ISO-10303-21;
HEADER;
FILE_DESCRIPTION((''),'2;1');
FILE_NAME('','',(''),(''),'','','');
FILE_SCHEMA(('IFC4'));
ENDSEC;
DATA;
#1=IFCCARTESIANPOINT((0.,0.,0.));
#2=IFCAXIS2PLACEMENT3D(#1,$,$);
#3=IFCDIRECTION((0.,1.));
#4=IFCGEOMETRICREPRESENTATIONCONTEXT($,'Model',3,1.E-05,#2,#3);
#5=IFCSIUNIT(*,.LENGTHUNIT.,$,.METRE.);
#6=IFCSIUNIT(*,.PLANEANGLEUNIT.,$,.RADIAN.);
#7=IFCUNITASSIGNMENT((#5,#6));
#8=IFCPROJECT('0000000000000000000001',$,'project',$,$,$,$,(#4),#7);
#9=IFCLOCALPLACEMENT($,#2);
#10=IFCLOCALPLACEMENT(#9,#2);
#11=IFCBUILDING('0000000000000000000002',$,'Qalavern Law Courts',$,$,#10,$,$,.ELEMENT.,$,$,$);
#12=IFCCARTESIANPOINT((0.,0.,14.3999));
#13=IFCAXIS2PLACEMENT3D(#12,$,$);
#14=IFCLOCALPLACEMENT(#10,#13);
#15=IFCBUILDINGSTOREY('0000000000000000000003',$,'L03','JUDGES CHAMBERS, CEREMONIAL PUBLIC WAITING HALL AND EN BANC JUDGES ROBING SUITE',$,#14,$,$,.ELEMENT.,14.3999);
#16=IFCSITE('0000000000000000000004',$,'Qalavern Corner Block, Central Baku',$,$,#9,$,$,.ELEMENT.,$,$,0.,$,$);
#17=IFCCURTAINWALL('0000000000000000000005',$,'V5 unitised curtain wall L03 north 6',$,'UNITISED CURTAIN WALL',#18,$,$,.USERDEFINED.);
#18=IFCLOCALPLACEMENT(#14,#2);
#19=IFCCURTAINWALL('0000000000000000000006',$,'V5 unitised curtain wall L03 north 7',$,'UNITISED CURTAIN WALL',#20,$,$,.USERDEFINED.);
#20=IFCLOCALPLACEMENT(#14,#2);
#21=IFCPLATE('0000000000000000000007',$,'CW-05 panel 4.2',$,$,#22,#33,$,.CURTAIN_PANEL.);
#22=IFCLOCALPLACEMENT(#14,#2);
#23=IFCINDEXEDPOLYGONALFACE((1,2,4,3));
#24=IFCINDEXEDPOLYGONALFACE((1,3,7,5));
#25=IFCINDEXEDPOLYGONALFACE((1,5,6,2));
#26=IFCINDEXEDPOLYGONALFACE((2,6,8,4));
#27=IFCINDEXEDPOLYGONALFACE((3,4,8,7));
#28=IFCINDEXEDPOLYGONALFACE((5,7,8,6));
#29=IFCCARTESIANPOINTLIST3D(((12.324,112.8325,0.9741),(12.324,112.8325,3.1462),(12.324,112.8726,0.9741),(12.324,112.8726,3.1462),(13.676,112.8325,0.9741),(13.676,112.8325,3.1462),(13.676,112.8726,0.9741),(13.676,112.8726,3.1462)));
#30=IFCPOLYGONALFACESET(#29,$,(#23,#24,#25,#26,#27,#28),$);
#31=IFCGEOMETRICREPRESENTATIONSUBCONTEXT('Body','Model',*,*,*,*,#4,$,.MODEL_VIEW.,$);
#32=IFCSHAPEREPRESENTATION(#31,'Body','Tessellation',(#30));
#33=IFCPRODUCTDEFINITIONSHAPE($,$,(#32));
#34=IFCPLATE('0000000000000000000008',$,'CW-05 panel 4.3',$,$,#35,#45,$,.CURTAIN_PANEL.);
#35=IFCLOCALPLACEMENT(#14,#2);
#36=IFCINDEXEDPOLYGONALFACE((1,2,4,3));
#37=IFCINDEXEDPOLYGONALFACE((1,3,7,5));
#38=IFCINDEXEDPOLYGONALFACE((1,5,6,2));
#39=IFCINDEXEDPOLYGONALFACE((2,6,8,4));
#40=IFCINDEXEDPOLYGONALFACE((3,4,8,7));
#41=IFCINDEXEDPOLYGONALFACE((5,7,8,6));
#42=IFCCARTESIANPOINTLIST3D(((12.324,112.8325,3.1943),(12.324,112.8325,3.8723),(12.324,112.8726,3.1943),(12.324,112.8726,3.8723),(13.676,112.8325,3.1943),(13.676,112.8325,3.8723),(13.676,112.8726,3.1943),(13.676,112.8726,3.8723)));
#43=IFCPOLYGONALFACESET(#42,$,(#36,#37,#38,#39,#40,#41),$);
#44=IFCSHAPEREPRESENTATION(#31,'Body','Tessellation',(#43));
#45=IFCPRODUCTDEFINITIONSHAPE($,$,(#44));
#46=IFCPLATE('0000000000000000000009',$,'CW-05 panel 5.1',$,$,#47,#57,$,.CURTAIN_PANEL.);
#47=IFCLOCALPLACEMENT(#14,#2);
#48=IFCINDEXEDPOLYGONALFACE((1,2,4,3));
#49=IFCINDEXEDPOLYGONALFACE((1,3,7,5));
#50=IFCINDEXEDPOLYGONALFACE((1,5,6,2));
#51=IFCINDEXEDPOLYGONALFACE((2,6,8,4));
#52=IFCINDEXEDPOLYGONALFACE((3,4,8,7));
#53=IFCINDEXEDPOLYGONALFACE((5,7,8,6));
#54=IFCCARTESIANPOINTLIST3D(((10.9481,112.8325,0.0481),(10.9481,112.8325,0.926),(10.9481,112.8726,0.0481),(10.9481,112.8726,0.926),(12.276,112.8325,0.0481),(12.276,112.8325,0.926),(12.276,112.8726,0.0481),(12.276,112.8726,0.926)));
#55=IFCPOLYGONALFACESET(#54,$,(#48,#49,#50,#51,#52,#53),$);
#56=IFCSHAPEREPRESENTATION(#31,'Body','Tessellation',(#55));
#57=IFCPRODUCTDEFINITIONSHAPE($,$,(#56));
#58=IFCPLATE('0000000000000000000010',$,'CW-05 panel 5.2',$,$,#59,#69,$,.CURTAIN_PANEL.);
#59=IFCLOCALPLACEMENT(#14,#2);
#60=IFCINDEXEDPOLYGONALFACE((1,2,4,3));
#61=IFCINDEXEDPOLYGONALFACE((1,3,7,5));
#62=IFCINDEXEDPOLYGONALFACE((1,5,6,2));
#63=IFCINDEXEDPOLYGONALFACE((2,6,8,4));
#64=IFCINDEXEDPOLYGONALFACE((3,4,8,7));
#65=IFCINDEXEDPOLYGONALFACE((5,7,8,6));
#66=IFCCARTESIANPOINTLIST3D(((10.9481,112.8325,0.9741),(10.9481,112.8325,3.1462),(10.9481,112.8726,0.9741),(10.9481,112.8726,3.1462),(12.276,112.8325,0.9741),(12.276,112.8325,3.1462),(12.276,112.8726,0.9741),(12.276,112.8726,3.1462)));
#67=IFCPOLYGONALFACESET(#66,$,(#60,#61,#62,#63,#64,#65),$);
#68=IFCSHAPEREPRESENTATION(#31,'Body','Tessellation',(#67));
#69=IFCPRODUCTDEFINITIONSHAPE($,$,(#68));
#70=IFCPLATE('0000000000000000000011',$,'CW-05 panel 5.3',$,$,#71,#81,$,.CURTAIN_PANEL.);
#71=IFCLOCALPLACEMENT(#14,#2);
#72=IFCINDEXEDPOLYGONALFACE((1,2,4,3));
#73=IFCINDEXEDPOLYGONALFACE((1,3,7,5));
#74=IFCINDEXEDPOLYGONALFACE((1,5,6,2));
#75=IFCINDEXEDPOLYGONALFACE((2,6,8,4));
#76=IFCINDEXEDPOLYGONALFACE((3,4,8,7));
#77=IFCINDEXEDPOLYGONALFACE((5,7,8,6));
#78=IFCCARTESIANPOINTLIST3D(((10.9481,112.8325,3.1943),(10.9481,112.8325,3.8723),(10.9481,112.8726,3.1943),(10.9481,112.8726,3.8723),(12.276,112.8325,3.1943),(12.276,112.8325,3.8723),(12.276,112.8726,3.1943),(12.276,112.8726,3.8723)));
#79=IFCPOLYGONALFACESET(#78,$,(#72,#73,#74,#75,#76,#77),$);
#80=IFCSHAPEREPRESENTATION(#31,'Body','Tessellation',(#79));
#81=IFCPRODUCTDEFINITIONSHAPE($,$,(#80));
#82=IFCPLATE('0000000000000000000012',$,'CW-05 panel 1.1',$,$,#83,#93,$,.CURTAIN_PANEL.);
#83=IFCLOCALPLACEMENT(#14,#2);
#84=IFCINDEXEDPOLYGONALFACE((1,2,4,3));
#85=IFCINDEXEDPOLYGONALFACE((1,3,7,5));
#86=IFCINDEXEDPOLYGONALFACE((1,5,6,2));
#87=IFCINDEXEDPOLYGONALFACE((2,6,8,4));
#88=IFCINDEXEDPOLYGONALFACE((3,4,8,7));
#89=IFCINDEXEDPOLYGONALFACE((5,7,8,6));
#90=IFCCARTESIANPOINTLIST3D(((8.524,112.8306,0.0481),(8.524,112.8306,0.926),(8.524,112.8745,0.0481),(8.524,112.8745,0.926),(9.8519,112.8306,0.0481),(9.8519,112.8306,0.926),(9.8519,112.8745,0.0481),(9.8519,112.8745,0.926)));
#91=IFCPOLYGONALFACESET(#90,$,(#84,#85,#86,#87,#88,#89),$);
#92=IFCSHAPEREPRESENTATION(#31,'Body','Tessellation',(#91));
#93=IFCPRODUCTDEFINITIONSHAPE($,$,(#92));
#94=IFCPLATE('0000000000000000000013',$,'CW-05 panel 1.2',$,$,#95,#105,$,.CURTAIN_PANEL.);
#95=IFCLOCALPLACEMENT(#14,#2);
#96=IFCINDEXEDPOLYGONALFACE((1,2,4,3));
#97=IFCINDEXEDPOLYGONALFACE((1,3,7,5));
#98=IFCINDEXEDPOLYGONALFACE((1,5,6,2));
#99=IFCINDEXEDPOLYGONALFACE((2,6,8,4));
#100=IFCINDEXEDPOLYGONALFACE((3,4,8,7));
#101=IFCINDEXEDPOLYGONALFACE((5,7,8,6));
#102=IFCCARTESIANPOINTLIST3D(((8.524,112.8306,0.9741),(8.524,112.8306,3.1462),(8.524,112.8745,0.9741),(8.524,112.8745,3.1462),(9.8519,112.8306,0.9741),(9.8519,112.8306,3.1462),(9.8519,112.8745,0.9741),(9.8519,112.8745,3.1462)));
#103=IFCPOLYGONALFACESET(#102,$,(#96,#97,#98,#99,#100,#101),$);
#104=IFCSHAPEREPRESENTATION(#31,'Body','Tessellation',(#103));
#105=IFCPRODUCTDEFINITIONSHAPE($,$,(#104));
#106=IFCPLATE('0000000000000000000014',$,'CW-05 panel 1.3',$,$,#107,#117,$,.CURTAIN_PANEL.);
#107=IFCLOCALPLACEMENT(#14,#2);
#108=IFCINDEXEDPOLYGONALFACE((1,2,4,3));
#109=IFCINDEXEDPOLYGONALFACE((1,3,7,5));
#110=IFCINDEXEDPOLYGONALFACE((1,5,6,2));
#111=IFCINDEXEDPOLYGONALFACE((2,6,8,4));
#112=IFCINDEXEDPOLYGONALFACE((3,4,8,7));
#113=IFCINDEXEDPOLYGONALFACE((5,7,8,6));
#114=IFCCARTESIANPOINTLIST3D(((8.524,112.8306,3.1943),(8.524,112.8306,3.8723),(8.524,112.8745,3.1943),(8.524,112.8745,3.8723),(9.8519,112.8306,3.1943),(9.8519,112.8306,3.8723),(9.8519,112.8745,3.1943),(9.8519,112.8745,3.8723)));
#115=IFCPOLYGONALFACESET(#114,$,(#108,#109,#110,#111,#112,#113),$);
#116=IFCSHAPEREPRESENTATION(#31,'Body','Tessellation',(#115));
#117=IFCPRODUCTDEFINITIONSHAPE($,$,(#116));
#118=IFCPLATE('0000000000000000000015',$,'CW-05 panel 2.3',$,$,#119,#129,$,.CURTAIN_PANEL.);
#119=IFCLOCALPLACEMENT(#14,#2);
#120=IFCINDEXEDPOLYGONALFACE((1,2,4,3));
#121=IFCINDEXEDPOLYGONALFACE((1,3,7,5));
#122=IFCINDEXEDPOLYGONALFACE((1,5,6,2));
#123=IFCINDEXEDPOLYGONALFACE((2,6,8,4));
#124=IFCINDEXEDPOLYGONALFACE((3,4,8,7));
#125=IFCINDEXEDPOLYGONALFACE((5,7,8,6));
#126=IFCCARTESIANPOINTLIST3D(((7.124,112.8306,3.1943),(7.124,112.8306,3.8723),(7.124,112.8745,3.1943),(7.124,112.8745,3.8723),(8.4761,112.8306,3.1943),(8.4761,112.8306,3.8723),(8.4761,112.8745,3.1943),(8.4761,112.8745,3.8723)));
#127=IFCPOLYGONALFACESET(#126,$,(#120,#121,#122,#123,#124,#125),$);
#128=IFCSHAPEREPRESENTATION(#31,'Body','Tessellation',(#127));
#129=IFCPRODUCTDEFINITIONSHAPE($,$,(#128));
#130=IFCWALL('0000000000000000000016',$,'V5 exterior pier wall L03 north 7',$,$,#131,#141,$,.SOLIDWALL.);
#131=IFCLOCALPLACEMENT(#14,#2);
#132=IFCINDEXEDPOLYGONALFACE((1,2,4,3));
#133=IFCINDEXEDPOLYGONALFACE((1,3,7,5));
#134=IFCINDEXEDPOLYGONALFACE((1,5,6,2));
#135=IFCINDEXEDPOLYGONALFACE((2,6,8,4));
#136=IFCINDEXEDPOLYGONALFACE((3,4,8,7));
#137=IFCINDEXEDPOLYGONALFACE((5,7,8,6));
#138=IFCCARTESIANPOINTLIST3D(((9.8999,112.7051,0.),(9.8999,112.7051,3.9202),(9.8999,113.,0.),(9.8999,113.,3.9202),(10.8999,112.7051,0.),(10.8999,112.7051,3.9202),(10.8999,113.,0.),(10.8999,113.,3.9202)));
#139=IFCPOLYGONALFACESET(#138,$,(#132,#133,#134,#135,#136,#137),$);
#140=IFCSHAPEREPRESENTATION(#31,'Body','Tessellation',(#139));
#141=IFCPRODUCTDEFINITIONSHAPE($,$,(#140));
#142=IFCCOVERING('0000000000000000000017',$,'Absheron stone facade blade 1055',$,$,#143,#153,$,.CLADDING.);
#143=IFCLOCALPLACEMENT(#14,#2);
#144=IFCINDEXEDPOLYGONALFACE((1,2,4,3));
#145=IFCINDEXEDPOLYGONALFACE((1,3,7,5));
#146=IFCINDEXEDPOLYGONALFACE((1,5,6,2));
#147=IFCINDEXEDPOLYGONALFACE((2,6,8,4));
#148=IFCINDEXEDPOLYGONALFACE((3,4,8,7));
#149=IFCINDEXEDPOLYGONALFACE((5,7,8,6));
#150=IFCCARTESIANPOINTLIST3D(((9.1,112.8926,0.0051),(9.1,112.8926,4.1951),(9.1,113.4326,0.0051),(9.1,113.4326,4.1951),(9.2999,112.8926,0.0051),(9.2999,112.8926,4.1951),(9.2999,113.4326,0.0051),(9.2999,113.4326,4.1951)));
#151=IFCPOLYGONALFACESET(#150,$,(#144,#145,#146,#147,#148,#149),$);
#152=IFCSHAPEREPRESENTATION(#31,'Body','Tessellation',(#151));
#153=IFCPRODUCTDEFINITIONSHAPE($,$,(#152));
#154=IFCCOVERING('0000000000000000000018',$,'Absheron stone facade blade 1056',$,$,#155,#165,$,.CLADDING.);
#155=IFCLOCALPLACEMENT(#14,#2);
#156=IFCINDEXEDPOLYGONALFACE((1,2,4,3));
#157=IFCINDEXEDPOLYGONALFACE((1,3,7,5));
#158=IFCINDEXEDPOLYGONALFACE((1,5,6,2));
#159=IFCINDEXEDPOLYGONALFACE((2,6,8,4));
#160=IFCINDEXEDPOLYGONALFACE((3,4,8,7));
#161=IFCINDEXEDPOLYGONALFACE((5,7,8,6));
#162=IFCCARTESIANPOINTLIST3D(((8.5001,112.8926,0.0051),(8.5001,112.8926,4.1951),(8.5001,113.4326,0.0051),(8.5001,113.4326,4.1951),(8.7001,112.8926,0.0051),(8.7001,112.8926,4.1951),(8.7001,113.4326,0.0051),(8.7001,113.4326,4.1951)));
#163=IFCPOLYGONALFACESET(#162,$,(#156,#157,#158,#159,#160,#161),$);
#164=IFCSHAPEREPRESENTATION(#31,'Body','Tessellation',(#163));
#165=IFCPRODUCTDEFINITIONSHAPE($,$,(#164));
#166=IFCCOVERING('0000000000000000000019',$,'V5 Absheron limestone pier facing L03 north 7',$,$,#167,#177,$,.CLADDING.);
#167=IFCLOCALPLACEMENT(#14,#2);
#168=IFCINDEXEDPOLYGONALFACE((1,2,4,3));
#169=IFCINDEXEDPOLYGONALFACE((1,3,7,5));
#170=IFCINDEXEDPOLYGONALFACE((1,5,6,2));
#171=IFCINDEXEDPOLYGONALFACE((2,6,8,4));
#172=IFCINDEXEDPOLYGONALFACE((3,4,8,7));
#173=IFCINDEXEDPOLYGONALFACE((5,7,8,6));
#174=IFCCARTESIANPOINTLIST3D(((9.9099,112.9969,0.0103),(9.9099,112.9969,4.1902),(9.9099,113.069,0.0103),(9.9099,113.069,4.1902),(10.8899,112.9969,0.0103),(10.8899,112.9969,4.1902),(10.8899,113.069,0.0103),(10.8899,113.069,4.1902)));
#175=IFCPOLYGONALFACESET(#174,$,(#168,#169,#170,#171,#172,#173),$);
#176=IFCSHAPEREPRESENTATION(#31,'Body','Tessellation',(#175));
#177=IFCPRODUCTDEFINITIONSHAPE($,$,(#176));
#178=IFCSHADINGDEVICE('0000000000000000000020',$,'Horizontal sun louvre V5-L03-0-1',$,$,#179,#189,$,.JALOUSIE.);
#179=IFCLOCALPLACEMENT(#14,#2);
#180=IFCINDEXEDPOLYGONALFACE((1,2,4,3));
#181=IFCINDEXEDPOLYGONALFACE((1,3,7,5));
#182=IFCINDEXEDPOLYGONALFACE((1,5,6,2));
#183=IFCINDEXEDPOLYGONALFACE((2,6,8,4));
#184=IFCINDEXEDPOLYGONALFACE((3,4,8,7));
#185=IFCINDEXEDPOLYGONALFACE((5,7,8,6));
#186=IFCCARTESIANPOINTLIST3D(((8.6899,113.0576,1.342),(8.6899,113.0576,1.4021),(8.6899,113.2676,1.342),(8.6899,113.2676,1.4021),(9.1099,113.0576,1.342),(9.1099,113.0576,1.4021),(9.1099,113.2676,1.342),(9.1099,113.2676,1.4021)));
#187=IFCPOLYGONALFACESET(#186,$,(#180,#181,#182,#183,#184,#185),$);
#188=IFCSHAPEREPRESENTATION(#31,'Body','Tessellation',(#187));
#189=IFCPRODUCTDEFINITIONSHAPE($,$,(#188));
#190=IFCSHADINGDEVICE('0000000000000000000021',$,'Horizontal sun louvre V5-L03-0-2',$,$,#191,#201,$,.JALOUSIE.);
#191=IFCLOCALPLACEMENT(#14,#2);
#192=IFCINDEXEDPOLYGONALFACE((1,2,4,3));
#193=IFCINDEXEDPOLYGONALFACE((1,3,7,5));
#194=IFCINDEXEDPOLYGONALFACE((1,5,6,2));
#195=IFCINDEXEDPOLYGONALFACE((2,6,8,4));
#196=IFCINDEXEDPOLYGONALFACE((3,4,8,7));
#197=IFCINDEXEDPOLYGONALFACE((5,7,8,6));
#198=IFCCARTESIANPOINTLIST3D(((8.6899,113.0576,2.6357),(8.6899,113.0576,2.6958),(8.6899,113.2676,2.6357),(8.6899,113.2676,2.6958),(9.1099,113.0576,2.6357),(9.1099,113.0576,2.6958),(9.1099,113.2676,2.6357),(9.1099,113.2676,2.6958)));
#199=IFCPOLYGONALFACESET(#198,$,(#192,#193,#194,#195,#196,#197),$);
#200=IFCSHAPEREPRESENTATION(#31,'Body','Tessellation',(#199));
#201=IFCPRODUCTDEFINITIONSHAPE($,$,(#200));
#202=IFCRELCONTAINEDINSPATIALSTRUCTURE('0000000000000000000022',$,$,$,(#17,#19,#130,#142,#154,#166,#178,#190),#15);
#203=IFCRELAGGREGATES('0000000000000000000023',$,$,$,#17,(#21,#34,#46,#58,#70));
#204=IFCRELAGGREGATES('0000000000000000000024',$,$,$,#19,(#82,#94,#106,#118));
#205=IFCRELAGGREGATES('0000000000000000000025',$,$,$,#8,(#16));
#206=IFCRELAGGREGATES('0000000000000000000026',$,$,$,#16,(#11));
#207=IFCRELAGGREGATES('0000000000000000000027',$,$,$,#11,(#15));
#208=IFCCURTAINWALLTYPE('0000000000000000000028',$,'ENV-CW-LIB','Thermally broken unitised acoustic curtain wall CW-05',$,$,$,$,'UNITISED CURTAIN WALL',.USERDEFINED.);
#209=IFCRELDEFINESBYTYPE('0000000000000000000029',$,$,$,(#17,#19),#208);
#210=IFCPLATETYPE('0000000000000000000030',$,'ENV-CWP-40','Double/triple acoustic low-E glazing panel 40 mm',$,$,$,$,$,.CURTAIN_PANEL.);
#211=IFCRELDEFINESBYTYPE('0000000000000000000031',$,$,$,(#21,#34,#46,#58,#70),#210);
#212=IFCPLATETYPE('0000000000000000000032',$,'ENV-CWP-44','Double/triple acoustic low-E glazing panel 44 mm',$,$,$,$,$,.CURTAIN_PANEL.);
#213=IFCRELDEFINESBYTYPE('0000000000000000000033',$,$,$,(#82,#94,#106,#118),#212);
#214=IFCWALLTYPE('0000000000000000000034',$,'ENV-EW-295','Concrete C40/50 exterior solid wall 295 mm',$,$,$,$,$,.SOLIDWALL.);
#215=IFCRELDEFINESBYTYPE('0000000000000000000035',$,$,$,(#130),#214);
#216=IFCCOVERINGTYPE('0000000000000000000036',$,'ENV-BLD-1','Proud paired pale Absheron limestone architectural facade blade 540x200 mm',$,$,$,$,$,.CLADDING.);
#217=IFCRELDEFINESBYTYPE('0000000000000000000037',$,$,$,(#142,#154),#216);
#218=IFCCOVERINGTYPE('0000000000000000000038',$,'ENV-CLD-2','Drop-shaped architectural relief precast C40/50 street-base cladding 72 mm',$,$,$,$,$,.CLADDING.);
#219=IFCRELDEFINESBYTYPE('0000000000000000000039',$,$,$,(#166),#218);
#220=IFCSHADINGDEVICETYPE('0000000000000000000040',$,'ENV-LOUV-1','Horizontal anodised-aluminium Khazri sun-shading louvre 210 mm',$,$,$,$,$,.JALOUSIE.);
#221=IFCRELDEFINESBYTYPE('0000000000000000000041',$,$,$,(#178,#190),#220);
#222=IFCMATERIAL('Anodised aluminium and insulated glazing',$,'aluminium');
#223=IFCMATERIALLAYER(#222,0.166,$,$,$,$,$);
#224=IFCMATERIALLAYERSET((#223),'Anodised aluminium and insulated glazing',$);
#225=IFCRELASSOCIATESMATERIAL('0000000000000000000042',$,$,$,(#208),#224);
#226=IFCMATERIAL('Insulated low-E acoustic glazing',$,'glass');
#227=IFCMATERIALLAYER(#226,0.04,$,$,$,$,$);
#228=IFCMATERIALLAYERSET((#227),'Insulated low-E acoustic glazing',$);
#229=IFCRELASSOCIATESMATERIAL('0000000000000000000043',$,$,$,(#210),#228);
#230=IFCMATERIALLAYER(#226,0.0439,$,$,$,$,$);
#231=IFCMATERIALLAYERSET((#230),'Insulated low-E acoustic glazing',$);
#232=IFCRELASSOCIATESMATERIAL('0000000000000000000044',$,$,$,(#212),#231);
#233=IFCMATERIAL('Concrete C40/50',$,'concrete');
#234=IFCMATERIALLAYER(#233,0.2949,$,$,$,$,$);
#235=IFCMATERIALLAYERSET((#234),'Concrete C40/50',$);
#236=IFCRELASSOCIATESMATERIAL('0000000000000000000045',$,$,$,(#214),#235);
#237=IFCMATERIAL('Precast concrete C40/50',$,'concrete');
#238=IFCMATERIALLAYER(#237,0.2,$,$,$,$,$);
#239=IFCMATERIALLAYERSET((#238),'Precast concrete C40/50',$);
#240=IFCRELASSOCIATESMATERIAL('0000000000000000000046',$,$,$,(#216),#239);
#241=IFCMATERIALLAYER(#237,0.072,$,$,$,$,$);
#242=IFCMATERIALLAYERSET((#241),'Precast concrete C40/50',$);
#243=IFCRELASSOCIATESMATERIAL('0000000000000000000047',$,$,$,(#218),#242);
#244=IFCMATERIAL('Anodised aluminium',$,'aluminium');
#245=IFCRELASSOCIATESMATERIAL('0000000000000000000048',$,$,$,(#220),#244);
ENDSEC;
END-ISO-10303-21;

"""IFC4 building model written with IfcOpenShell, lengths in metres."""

from ifc_helpers import new_model, si_unit, direction, frame, frame_2d, origin, origin_2d, place, context, subcontext, project, spatial, rectangle, extrude, material, layer, layer_set, type_object, element, aggregate, save


model = new_model("IFC4")

# Units and contexts
model_context = context("Model", 3, precision=1e-05, world=origin(), true_north=direction((0.0, 1.0)))
body_context = subcontext(model_context, "Body", "Model", "MODEL_VIEW")
ifc_project = project(units=[si_unit("LENGTHUNIT", "METRE"), si_unit("PLANEANGLEUNIT", "RADIAN")], contexts=[model_context])

# Site, building, storey
site_placement = place(None, origin())
site = spatial("IfcSite", under=ifc_project, at=site_placement, Name="Qalavern Corner Block, Central Baku", CompositionType="ELEMENT", RefElevation=0.0)
building_placement = place(site_placement, origin())
building = spatial("IfcBuilding", under=site, at=building_placement, Name="Qalavern Law Courts", CompositionType="ELEMENT")
storey_placement = place(building_placement, frame((0.0, 0.0, 14.3999)))
storey = spatial("IfcBuildingStorey", under=building, at=storey_placement, Name="L03", Description="JUDGES CHAMBERS, CEREMONIAL PUBLIC WAITING HALL AND EN BANC JUDGES ROBING SUITE", CompositionType="ELEMENT", Elevation=14.3999)

# Curtain walls
ifc_material_1 = material(Name="Anodised aluminium and insulated glazing", Category="aluminium")
ifc_layer_1 = layer(ifc_material_1, 0.166)
ifc_layer_set_1 = layer_set([ifc_layer_1], Name="Anodised aluminium and insulated glazing")
curtain_wall_type = type_object("IfcCurtainWallType", Name="ENV-CW-LIB", Description="Thermally broken unitised acoustic curtain wall CW-05", ElementType="UNITISED CURTAIN WALL", PredefinedType="USERDEFINED", material=ifc_layer_set_1)
curtain_wall_1_placement = place(storey_placement, origin())
curtain_wall_1 = element("IfcCurtainWall", 1, at=curtain_wall_1_placement, inside=storey, type_object=curtain_wall_type, Name="V5 unitised curtain wall L03 north 6", ObjectType="UNITISED CURTAIN WALL", PredefinedType="USERDEFINED")
ifc_material_2 = material(Name="Anodised aluminium", Category="aluminium")
curtain_wall_2_placement = place(storey_placement, origin())
curtain_wall_2 = element("IfcCurtainWall", 2, at=curtain_wall_2_placement, inside=storey, type_object=curtain_wall_type, Name="V5 unitised curtain wall L03 north 7", ObjectType="UNITISED CURTAIN WALL", PredefinedType="USERDEFINED")

# Shared definitions
ifc_material_3 = material(Name="Concrete C40/50", Category="concrete")

# Plates
ifc_material_4 = material(Name="Insulated low-E acoustic glazing", Category="glass")
ifc_layer_2 = layer(ifc_material_4, 0.04)
ifc_layer_set_2 = layer_set([ifc_layer_2], Name="Insulated low-E acoustic glazing")
plate_type_1 = type_object("IfcPlateType", Name="ENV-CWP-40", Description="Double/triple acoustic low-E glazing panel 40 mm", PredefinedType="CURTAIN_PANEL", material=ifc_layer_set_2)
plate_1_placement = place(storey_placement, frame((13.0, 112.8525, 0.9741), z_axis=(0.0, 0.0, 1.0), x_axis=(-1.0, 0.0, 0.0)))
plate_1 = element("IfcPlate", 3, at=plate_1_placement, type_object=plate_type_1, Name="CW-05 panel 4.2", PredefinedType="CURTAIN_PANEL", context=body_context, shape_type="SweptSolid", body=[
    extrude(rectangle(XDim=1.3521, YDim=0.04, at=origin_2d()), origin(), (0.0, 0.0, 1.0), 2.1721),
])
plate_2_placement = place(storey_placement, frame((13.0, 112.8525, 3.1943), z_axis=(0.0, 0.0, 1.0), x_axis=(-1.0, 0.0, 0.0)))
plate_2 = element("IfcPlate", 4, at=plate_2_placement, type_object=plate_type_1, Name="CW-05 panel 4.3", PredefinedType="CURTAIN_PANEL", context=body_context, shape_type="SweptSolid", body=[
    extrude(rectangle(XDim=1.3521, YDim=0.04, at=origin_2d()), origin(), (0.0, 0.0, 1.0), 0.678),
])
plate_3_placement = place(storey_placement, frame((11.6121, 112.8525, 0.0481), z_axis=(0.0, 0.0, 1.0), x_axis=(-1.0, 0.0, 0.0)))
plate_3 = element("IfcPlate", 5, at=plate_3_placement, type_object=plate_type_1, Name="CW-05 panel 5.1", PredefinedType="CURTAIN_PANEL", context=body_context, shape_type="SweptSolid", body=[
    extrude(rectangle(XDim=1.3279, YDim=0.04, at=origin_2d()), origin(), (0.0, 0.0, 1.0), 0.8779),
])
plate_4_placement = place(storey_placement, frame((11.6121, 112.8525, 0.9741), z_axis=(0.0, 0.0, 1.0), x_axis=(-1.0, 0.0, 0.0)))
plate_4 = element("IfcPlate", 6, at=plate_4_placement, type_object=plate_type_1, Name="CW-05 panel 5.2", PredefinedType="CURTAIN_PANEL", context=body_context, shape_type="SweptSolid", body=[
    extrude(rectangle(XDim=1.3279, YDim=0.04, at=origin_2d()), origin(), (0.0, 0.0, 1.0), 2.1721),
])
plate_5_placement = place(storey_placement, frame((11.6121, 112.8525, 3.1943), z_axis=(0.0, 0.0, 1.0), x_axis=(-1.0, 0.0, 0.0)))
plate_5 = element("IfcPlate", 7, at=plate_5_placement, type_object=plate_type_1, Name="CW-05 panel 5.3", PredefinedType="CURTAIN_PANEL", context=body_context, shape_type="SweptSolid", body=[
    extrude(rectangle(XDim=1.3279, YDim=0.04, at=origin_2d()), origin(), (0.0, 0.0, 1.0), 0.678),
])
aggregate(curtain_wall_1, [plate_1, plate_2, plate_3, plate_4, plate_5])
ifc_layer_3 = layer(ifc_material_4, 0.0439)
ifc_layer_set_3 = layer_set([ifc_layer_3], Name="Insulated low-E acoustic glazing")
plate_type_2 = type_object("IfcPlateType", Name="ENV-CWP-44", Description="Double/triple acoustic low-E glazing panel 44 mm", PredefinedType="CURTAIN_PANEL", material=ifc_layer_set_3)
plate_6_placement = place(storey_placement, frame((9.188, 112.8525, 0.0481), z_axis=(0.0, 0.0, 1.0), x_axis=(-1.0, 0.0, 0.0)))
plate_6 = element("IfcPlate", 8, at=plate_6_placement, type_object=plate_type_2, Name="CW-05 panel 1.1", PredefinedType="CURTAIN_PANEL", context=body_context, shape_type="SweptSolid", body=[
    extrude(rectangle(XDim=1.3279, YDim=0.0439, at=origin_2d()), origin(), (0.0, 0.0, 1.0), 0.8779),
])
plate_7_placement = place(storey_placement, frame((9.188, 112.8525, 0.9741), z_axis=(0.0, 0.0, 1.0), x_axis=(-1.0, 0.0, 0.0)))
plate_7 = element("IfcPlate", 9, at=plate_7_placement, type_object=plate_type_2, Name="CW-05 panel 1.2", PredefinedType="CURTAIN_PANEL", context=body_context, shape_type="SweptSolid", body=[
    extrude(rectangle(XDim=1.3279, YDim=0.0439, at=origin_2d()), origin(), (0.0, 0.0, 1.0), 2.1721),
])
plate_8_placement = place(storey_placement, frame((9.188, 112.8525, 3.1943), z_axis=(0.0, 0.0, 1.0), x_axis=(-1.0, 0.0, 0.0)))
plate_8 = element("IfcPlate", 10, at=plate_8_placement, type_object=plate_type_2, Name="CW-05 panel 1.3", PredefinedType="CURTAIN_PANEL", context=body_context, shape_type="SweptSolid", body=[
    extrude(rectangle(XDim=1.3279, YDim=0.0439, at=origin_2d()), origin(), (0.0, 0.0, 1.0), 0.678),
])
plate_9_placement = place(storey_placement, frame((7.8, 112.8525, 3.1943), z_axis=(0.0, 0.0, 1.0), x_axis=(-1.0, 0.0, 0.0)))
plate_9 = element("IfcPlate", 11, at=plate_9_placement, type_object=plate_type_2, Name="CW-05 panel 2.3", PredefinedType="CURTAIN_PANEL", context=body_context, shape_type="SweptSolid", body=[
    extrude(rectangle(XDim=1.3521, YDim=0.0439, at=origin_2d()), origin(), (0.0, 0.0, 1.0), 0.678),
])
aggregate(curtain_wall_2, [plate_6, plate_7, plate_8, plate_9])

# Wall
ifc_layer_4 = layer(ifc_material_3, 0.2949)
ifc_layer_set_4 = layer_set([ifc_layer_4], Name="Concrete C40/50")
wall_type = type_object("IfcWallType", Name="ENV-EW-295", Description="Concrete C40/50 exterior solid wall 295 mm", PredefinedType="SOLIDWALL", material=ifc_layer_set_4)
wall_placement = place(storey_placement, frame((10.8999, 112.8525, 0.0), z_axis=(0.0, 0.0, 1.0), x_axis=(-1.0, 0.0, 0.0)))
element("IfcWall", 12, at=wall_placement, inside=storey, type_object=wall_type, Name="V5 exterior pier wall L03 north 7", PredefinedType="SOLIDWALL", context=body_context, shape_type="SweptSolid", body=[
    extrude(rectangle(XDim=1.0, YDim=0.2949, at=frame_2d((0.5, 0.0))), origin(), (0.0, 0.0, 1.0), 3.9202),
])

# Coverings
ifc_material_5 = material(Name="Precast concrete C40/50", Category="concrete")
ifc_layer_5 = layer(ifc_material_5, 0.2)
ifc_layer_set_5 = layer_set([ifc_layer_5], Name="Precast concrete C40/50")
covering_type_1 = type_object("IfcCoveringType", Name="ENV-BLD-1", Description="Proud paired pale Absheron limestone architectural facade blade 540x200 mm", PredefinedType="CLADDING", material=ifc_layer_set_5)
for number, where, z_axis, x_axis, name in (
    (13, (9.2, 113.1626, 0.0051), (0.0, 0.0, 1.0), (0.0, 1.0, 0.0), "Absheron stone facade blade 1055"),
    (14, (8.6001, 113.1626, 0.0051), (0.0, 0.0, 1.0), (0.0, 1.0, 0.0), "Absheron stone facade blade 1056"),
):
    element("IfcCovering", number, at=place(storey_placement, frame(where, z_axis=z_axis, x_axis=x_axis)), inside=storey, type_object=covering_type_1, Name=name, PredefinedType="CLADDING", context=body_context, shape_type="SweptSolid", body=[
        extrude(rectangle(XDim=0.54, YDim=0.2, at=origin_2d()), origin(), (0.0, 0.0, 1.0), 4.1899),
    ])
ifc_layer_6 = layer(ifc_material_5, 0.072)
ifc_layer_set_6 = layer_set([ifc_layer_6], Name="Precast concrete C40/50")
covering_type_2 = type_object("IfcCoveringType", Name="ENV-CLD-2", Description="Drop-shaped architectural relief precast C40/50 street-base cladding 72 mm", PredefinedType="CLADDING", material=ifc_layer_set_6)
covering_placement = place(storey_placement, frame((10.3999, 113.033, 0.0103), z_axis=(0.0, 0.0, 1.0), x_axis=(-1.0, 0.0, 0.0)))
element("IfcCovering", 15, at=covering_placement, inside=storey, type_object=covering_type_2, Name="V5 Absheron limestone pier facing L03 north 7", PredefinedType="CLADDING", context=body_context, shape_type="SweptSolid", body=[
    extrude(rectangle(XDim=0.98, YDim=0.072, at=origin_2d()), origin(), (0.0, 0.0, 1.0), 4.1799),
])

# Shading devices
shading_device_type = type_object("IfcShadingDeviceType", Name="ENV-LOUV-1", Description="Horizontal anodised-aluminium Khazri sun-shading louvre 210 mm", PredefinedType="JALOUSIE", material=ifc_material_2)
for number, where, z_axis, x_axis, name in (
    (16, (8.8999, 113.1626, 1.342), (0.0, 0.0, 1.0), (-1.0, 0.0, 0.0), "Horizontal sun louvre V5-L03-0-1"),
    (17, (8.8999, 113.1626, 2.6357), (0.0, 0.0, 1.0), (-1.0, 0.0, 0.0), "Horizontal sun louvre V5-L03-0-2"),
):
    element("IfcShadingDevice", number, at=place(storey_placement, frame(where, z_axis=z_axis, x_axis=x_axis)), inside=storey, type_object=shading_device_type, Name=name, PredefinedType="JALOUSIE", context=body_context, shape_type="SweptSolid", body=[
        extrude(rectangle(XDim=0.4199, YDim=0.21, at=origin_2d()), origin(), (0.0, 0.0, 1.0), 0.0601),
    ])

save(model, "model.ifc")
